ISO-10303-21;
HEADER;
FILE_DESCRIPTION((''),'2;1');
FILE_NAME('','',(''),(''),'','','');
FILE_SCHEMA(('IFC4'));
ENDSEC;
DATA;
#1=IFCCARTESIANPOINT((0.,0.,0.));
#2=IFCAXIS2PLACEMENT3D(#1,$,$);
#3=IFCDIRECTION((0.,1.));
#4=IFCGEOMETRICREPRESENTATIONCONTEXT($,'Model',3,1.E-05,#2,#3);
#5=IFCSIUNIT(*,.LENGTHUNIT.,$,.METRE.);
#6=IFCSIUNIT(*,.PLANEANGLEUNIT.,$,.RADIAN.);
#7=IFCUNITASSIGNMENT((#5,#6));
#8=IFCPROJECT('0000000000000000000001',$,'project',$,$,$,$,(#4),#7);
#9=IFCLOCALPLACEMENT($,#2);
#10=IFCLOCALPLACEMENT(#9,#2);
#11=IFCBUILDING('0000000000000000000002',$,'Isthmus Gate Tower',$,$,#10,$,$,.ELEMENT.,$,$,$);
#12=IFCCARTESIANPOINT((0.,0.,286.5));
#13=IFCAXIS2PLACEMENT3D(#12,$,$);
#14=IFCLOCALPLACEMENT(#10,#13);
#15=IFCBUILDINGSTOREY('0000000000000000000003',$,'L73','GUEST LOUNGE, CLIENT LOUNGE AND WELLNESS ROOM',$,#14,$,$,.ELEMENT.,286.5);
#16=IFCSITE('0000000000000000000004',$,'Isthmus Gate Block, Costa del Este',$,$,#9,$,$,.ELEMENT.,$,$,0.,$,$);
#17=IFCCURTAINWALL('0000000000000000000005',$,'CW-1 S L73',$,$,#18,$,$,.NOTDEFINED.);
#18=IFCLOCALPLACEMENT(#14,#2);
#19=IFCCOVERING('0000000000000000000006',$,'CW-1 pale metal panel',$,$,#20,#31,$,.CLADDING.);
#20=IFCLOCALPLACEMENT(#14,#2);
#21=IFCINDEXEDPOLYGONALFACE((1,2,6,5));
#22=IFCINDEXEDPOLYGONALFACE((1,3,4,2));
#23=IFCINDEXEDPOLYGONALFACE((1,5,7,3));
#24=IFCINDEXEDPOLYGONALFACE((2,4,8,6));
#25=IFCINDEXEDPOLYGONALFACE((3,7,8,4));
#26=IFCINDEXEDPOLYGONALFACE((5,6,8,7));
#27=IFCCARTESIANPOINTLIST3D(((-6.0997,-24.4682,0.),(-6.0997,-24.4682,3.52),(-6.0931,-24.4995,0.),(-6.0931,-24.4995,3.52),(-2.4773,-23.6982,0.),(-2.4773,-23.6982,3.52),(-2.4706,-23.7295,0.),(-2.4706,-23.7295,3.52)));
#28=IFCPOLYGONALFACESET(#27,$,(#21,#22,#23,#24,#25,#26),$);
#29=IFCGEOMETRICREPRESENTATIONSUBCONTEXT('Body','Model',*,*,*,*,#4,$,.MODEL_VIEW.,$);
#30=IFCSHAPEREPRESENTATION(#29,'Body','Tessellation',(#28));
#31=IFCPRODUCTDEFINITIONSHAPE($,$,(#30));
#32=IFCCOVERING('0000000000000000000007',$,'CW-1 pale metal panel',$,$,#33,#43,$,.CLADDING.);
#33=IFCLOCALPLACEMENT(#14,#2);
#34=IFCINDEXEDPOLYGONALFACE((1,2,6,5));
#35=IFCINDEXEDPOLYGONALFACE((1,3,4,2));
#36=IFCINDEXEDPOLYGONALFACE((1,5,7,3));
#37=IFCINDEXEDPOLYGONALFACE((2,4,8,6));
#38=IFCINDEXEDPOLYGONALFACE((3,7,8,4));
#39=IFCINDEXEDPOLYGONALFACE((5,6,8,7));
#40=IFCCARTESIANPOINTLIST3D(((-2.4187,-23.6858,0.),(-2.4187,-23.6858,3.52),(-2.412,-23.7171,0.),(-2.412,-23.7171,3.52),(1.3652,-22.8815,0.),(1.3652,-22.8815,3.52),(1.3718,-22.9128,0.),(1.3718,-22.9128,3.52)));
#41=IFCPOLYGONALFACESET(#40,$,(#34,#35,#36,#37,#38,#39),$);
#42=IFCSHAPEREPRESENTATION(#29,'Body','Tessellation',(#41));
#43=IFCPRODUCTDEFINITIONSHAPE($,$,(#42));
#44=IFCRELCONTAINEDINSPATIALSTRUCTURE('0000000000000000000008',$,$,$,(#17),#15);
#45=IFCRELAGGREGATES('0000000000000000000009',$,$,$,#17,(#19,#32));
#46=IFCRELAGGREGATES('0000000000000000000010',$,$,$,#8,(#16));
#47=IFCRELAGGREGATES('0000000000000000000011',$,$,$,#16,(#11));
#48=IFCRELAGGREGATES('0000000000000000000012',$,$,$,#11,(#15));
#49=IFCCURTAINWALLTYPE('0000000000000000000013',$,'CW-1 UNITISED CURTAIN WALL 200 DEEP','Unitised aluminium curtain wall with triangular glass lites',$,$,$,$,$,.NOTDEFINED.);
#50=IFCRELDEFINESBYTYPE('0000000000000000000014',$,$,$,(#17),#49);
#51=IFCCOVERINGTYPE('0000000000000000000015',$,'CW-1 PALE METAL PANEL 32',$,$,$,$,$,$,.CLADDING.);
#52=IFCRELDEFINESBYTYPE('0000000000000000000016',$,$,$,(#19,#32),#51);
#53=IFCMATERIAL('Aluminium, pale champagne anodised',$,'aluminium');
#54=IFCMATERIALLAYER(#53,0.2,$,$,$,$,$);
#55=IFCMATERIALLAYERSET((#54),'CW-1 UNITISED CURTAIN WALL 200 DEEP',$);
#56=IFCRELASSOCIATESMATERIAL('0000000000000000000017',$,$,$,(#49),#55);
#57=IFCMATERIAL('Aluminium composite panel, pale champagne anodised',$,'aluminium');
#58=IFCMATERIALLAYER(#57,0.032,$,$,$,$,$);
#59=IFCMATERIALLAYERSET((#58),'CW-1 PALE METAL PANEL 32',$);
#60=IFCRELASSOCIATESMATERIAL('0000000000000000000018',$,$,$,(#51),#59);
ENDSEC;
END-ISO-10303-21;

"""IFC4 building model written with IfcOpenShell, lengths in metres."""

from ifc_helpers import new_model, si_unit, direction, frame, origin, origin_2d, place, context, subcontext, project, spatial, rectangle, extrude, material, layer, layer_set, type_object, element, aggregate, save


model = new_model("IFC4")

# Units and contexts
model_context = context("Model", 3, precision=1e-05, world=origin(), true_north=direction((0.0, 1.0)))
body_context = subcontext(model_context, "Body", "Model", "MODEL_VIEW")
ifc_project = project(units=[si_unit("LENGTHUNIT", "METRE"), si_unit("PLANEANGLEUNIT", "RADIAN")], contexts=[model_context])

# Site, building, storey
site_placement = place(None, origin())
site = spatial("IfcSite", under=ifc_project, at=site_placement, Name="Isthmus Gate Block, Costa del Este", CompositionType="ELEMENT", RefElevation=0.0)
building_placement = place(site_placement, origin())
building = spatial("IfcBuilding", under=site, at=building_placement, Name="Isthmus Gate Tower", CompositionType="ELEMENT")
storey_placement = place(building_placement, frame((0.0, 0.0, 286.5)))
storey = spatial("IfcBuildingStorey", under=building, at=storey_placement, Name="L73", Description="GUEST LOUNGE, CLIENT LOUNGE AND WELLNESS ROOM", CompositionType="ELEMENT", Elevation=286.5)

# Shared definitions
ifc_material_1 = material(Name="Aluminium, pale champagne anodised", Category="aluminium")
ifc_layer_1 = layer(ifc_material_1, 0.2)
ifc_layer_set_1 = layer_set([ifc_layer_1], Name="CW-1 UNITISED CURTAIN WALL 200 DEEP")
curtain_wall_type = type_object("IfcCurtainWallType", Name="CW-1 UNITISED CURTAIN WALL 200 DEEP", Description="Unitised aluminium curtain wall with triangular glass lites", PredefinedType="NOTDEFINED", material=ifc_layer_set_1)

# Curtain wall
curtain_wall_1_placement = place(storey_placement, origin())
curtain_wall_1 = element("IfcCurtainWall", 1, at=curtain_wall_1_placement, inside=storey, type_object=curtain_wall_type, Name="CW-1 S L73", PredefinedType="NOTDEFINED")

# Coverings
ifc_material_2 = material(Name="Aluminium composite panel, pale champagne anodised", Category="aluminium")
ifc_layer_2 = layer(ifc_material_2, 0.032)
ifc_layer_set_2 = layer_set([ifc_layer_2], Name="CW-1 PALE METAL PANEL 32")
covering_type = type_object("IfcCoveringType", Name="CW-1 PALE METAL PANEL 32", PredefinedType="CLADDING", material=ifc_layer_set_2)
covering_1_placement = place(storey_placement, frame((-4.2852, -24.0989, 0.0), z_axis=(0.0, 0.0, 1.0), x_axis=(0.978148, 0.207912, 0.0)))
covering_1 = element("IfcCovering", 2, at=covering_1_placement, type_object=covering_type, Name="CW-1 pale metal panel", PredefinedType="CLADDING", context=body_context, shape_type="SweptSolid", body=[
    extrude(rectangle(XDim=3.7034, YDim=0.032, at=origin_2d()), origin(), (0.0, 0.0, 1.0), 3.52),
])
covering_2_placement = place(storey_placement, frame((-0.5234, -23.2993, 0.0), z_axis=(0.0, 0.0, 1.0), x_axis=(0.978148, 0.207912, 0.0)))
covering_2 = element("IfcCovering", 3, at=covering_2_placement, type_object=covering_type, Name="CW-1 pale metal panel", PredefinedType="CLADDING", context=body_context, shape_type="SweptSolid", body=[
    extrude(rectangle(XDim=3.8684, YDim=0.032, at=origin_2d()), origin(), (0.0, 0.0, 1.0), 3.52),
])
aggregate(curtain_wall_1, [covering_1, covering_2])

save(model, "model.ifc")
